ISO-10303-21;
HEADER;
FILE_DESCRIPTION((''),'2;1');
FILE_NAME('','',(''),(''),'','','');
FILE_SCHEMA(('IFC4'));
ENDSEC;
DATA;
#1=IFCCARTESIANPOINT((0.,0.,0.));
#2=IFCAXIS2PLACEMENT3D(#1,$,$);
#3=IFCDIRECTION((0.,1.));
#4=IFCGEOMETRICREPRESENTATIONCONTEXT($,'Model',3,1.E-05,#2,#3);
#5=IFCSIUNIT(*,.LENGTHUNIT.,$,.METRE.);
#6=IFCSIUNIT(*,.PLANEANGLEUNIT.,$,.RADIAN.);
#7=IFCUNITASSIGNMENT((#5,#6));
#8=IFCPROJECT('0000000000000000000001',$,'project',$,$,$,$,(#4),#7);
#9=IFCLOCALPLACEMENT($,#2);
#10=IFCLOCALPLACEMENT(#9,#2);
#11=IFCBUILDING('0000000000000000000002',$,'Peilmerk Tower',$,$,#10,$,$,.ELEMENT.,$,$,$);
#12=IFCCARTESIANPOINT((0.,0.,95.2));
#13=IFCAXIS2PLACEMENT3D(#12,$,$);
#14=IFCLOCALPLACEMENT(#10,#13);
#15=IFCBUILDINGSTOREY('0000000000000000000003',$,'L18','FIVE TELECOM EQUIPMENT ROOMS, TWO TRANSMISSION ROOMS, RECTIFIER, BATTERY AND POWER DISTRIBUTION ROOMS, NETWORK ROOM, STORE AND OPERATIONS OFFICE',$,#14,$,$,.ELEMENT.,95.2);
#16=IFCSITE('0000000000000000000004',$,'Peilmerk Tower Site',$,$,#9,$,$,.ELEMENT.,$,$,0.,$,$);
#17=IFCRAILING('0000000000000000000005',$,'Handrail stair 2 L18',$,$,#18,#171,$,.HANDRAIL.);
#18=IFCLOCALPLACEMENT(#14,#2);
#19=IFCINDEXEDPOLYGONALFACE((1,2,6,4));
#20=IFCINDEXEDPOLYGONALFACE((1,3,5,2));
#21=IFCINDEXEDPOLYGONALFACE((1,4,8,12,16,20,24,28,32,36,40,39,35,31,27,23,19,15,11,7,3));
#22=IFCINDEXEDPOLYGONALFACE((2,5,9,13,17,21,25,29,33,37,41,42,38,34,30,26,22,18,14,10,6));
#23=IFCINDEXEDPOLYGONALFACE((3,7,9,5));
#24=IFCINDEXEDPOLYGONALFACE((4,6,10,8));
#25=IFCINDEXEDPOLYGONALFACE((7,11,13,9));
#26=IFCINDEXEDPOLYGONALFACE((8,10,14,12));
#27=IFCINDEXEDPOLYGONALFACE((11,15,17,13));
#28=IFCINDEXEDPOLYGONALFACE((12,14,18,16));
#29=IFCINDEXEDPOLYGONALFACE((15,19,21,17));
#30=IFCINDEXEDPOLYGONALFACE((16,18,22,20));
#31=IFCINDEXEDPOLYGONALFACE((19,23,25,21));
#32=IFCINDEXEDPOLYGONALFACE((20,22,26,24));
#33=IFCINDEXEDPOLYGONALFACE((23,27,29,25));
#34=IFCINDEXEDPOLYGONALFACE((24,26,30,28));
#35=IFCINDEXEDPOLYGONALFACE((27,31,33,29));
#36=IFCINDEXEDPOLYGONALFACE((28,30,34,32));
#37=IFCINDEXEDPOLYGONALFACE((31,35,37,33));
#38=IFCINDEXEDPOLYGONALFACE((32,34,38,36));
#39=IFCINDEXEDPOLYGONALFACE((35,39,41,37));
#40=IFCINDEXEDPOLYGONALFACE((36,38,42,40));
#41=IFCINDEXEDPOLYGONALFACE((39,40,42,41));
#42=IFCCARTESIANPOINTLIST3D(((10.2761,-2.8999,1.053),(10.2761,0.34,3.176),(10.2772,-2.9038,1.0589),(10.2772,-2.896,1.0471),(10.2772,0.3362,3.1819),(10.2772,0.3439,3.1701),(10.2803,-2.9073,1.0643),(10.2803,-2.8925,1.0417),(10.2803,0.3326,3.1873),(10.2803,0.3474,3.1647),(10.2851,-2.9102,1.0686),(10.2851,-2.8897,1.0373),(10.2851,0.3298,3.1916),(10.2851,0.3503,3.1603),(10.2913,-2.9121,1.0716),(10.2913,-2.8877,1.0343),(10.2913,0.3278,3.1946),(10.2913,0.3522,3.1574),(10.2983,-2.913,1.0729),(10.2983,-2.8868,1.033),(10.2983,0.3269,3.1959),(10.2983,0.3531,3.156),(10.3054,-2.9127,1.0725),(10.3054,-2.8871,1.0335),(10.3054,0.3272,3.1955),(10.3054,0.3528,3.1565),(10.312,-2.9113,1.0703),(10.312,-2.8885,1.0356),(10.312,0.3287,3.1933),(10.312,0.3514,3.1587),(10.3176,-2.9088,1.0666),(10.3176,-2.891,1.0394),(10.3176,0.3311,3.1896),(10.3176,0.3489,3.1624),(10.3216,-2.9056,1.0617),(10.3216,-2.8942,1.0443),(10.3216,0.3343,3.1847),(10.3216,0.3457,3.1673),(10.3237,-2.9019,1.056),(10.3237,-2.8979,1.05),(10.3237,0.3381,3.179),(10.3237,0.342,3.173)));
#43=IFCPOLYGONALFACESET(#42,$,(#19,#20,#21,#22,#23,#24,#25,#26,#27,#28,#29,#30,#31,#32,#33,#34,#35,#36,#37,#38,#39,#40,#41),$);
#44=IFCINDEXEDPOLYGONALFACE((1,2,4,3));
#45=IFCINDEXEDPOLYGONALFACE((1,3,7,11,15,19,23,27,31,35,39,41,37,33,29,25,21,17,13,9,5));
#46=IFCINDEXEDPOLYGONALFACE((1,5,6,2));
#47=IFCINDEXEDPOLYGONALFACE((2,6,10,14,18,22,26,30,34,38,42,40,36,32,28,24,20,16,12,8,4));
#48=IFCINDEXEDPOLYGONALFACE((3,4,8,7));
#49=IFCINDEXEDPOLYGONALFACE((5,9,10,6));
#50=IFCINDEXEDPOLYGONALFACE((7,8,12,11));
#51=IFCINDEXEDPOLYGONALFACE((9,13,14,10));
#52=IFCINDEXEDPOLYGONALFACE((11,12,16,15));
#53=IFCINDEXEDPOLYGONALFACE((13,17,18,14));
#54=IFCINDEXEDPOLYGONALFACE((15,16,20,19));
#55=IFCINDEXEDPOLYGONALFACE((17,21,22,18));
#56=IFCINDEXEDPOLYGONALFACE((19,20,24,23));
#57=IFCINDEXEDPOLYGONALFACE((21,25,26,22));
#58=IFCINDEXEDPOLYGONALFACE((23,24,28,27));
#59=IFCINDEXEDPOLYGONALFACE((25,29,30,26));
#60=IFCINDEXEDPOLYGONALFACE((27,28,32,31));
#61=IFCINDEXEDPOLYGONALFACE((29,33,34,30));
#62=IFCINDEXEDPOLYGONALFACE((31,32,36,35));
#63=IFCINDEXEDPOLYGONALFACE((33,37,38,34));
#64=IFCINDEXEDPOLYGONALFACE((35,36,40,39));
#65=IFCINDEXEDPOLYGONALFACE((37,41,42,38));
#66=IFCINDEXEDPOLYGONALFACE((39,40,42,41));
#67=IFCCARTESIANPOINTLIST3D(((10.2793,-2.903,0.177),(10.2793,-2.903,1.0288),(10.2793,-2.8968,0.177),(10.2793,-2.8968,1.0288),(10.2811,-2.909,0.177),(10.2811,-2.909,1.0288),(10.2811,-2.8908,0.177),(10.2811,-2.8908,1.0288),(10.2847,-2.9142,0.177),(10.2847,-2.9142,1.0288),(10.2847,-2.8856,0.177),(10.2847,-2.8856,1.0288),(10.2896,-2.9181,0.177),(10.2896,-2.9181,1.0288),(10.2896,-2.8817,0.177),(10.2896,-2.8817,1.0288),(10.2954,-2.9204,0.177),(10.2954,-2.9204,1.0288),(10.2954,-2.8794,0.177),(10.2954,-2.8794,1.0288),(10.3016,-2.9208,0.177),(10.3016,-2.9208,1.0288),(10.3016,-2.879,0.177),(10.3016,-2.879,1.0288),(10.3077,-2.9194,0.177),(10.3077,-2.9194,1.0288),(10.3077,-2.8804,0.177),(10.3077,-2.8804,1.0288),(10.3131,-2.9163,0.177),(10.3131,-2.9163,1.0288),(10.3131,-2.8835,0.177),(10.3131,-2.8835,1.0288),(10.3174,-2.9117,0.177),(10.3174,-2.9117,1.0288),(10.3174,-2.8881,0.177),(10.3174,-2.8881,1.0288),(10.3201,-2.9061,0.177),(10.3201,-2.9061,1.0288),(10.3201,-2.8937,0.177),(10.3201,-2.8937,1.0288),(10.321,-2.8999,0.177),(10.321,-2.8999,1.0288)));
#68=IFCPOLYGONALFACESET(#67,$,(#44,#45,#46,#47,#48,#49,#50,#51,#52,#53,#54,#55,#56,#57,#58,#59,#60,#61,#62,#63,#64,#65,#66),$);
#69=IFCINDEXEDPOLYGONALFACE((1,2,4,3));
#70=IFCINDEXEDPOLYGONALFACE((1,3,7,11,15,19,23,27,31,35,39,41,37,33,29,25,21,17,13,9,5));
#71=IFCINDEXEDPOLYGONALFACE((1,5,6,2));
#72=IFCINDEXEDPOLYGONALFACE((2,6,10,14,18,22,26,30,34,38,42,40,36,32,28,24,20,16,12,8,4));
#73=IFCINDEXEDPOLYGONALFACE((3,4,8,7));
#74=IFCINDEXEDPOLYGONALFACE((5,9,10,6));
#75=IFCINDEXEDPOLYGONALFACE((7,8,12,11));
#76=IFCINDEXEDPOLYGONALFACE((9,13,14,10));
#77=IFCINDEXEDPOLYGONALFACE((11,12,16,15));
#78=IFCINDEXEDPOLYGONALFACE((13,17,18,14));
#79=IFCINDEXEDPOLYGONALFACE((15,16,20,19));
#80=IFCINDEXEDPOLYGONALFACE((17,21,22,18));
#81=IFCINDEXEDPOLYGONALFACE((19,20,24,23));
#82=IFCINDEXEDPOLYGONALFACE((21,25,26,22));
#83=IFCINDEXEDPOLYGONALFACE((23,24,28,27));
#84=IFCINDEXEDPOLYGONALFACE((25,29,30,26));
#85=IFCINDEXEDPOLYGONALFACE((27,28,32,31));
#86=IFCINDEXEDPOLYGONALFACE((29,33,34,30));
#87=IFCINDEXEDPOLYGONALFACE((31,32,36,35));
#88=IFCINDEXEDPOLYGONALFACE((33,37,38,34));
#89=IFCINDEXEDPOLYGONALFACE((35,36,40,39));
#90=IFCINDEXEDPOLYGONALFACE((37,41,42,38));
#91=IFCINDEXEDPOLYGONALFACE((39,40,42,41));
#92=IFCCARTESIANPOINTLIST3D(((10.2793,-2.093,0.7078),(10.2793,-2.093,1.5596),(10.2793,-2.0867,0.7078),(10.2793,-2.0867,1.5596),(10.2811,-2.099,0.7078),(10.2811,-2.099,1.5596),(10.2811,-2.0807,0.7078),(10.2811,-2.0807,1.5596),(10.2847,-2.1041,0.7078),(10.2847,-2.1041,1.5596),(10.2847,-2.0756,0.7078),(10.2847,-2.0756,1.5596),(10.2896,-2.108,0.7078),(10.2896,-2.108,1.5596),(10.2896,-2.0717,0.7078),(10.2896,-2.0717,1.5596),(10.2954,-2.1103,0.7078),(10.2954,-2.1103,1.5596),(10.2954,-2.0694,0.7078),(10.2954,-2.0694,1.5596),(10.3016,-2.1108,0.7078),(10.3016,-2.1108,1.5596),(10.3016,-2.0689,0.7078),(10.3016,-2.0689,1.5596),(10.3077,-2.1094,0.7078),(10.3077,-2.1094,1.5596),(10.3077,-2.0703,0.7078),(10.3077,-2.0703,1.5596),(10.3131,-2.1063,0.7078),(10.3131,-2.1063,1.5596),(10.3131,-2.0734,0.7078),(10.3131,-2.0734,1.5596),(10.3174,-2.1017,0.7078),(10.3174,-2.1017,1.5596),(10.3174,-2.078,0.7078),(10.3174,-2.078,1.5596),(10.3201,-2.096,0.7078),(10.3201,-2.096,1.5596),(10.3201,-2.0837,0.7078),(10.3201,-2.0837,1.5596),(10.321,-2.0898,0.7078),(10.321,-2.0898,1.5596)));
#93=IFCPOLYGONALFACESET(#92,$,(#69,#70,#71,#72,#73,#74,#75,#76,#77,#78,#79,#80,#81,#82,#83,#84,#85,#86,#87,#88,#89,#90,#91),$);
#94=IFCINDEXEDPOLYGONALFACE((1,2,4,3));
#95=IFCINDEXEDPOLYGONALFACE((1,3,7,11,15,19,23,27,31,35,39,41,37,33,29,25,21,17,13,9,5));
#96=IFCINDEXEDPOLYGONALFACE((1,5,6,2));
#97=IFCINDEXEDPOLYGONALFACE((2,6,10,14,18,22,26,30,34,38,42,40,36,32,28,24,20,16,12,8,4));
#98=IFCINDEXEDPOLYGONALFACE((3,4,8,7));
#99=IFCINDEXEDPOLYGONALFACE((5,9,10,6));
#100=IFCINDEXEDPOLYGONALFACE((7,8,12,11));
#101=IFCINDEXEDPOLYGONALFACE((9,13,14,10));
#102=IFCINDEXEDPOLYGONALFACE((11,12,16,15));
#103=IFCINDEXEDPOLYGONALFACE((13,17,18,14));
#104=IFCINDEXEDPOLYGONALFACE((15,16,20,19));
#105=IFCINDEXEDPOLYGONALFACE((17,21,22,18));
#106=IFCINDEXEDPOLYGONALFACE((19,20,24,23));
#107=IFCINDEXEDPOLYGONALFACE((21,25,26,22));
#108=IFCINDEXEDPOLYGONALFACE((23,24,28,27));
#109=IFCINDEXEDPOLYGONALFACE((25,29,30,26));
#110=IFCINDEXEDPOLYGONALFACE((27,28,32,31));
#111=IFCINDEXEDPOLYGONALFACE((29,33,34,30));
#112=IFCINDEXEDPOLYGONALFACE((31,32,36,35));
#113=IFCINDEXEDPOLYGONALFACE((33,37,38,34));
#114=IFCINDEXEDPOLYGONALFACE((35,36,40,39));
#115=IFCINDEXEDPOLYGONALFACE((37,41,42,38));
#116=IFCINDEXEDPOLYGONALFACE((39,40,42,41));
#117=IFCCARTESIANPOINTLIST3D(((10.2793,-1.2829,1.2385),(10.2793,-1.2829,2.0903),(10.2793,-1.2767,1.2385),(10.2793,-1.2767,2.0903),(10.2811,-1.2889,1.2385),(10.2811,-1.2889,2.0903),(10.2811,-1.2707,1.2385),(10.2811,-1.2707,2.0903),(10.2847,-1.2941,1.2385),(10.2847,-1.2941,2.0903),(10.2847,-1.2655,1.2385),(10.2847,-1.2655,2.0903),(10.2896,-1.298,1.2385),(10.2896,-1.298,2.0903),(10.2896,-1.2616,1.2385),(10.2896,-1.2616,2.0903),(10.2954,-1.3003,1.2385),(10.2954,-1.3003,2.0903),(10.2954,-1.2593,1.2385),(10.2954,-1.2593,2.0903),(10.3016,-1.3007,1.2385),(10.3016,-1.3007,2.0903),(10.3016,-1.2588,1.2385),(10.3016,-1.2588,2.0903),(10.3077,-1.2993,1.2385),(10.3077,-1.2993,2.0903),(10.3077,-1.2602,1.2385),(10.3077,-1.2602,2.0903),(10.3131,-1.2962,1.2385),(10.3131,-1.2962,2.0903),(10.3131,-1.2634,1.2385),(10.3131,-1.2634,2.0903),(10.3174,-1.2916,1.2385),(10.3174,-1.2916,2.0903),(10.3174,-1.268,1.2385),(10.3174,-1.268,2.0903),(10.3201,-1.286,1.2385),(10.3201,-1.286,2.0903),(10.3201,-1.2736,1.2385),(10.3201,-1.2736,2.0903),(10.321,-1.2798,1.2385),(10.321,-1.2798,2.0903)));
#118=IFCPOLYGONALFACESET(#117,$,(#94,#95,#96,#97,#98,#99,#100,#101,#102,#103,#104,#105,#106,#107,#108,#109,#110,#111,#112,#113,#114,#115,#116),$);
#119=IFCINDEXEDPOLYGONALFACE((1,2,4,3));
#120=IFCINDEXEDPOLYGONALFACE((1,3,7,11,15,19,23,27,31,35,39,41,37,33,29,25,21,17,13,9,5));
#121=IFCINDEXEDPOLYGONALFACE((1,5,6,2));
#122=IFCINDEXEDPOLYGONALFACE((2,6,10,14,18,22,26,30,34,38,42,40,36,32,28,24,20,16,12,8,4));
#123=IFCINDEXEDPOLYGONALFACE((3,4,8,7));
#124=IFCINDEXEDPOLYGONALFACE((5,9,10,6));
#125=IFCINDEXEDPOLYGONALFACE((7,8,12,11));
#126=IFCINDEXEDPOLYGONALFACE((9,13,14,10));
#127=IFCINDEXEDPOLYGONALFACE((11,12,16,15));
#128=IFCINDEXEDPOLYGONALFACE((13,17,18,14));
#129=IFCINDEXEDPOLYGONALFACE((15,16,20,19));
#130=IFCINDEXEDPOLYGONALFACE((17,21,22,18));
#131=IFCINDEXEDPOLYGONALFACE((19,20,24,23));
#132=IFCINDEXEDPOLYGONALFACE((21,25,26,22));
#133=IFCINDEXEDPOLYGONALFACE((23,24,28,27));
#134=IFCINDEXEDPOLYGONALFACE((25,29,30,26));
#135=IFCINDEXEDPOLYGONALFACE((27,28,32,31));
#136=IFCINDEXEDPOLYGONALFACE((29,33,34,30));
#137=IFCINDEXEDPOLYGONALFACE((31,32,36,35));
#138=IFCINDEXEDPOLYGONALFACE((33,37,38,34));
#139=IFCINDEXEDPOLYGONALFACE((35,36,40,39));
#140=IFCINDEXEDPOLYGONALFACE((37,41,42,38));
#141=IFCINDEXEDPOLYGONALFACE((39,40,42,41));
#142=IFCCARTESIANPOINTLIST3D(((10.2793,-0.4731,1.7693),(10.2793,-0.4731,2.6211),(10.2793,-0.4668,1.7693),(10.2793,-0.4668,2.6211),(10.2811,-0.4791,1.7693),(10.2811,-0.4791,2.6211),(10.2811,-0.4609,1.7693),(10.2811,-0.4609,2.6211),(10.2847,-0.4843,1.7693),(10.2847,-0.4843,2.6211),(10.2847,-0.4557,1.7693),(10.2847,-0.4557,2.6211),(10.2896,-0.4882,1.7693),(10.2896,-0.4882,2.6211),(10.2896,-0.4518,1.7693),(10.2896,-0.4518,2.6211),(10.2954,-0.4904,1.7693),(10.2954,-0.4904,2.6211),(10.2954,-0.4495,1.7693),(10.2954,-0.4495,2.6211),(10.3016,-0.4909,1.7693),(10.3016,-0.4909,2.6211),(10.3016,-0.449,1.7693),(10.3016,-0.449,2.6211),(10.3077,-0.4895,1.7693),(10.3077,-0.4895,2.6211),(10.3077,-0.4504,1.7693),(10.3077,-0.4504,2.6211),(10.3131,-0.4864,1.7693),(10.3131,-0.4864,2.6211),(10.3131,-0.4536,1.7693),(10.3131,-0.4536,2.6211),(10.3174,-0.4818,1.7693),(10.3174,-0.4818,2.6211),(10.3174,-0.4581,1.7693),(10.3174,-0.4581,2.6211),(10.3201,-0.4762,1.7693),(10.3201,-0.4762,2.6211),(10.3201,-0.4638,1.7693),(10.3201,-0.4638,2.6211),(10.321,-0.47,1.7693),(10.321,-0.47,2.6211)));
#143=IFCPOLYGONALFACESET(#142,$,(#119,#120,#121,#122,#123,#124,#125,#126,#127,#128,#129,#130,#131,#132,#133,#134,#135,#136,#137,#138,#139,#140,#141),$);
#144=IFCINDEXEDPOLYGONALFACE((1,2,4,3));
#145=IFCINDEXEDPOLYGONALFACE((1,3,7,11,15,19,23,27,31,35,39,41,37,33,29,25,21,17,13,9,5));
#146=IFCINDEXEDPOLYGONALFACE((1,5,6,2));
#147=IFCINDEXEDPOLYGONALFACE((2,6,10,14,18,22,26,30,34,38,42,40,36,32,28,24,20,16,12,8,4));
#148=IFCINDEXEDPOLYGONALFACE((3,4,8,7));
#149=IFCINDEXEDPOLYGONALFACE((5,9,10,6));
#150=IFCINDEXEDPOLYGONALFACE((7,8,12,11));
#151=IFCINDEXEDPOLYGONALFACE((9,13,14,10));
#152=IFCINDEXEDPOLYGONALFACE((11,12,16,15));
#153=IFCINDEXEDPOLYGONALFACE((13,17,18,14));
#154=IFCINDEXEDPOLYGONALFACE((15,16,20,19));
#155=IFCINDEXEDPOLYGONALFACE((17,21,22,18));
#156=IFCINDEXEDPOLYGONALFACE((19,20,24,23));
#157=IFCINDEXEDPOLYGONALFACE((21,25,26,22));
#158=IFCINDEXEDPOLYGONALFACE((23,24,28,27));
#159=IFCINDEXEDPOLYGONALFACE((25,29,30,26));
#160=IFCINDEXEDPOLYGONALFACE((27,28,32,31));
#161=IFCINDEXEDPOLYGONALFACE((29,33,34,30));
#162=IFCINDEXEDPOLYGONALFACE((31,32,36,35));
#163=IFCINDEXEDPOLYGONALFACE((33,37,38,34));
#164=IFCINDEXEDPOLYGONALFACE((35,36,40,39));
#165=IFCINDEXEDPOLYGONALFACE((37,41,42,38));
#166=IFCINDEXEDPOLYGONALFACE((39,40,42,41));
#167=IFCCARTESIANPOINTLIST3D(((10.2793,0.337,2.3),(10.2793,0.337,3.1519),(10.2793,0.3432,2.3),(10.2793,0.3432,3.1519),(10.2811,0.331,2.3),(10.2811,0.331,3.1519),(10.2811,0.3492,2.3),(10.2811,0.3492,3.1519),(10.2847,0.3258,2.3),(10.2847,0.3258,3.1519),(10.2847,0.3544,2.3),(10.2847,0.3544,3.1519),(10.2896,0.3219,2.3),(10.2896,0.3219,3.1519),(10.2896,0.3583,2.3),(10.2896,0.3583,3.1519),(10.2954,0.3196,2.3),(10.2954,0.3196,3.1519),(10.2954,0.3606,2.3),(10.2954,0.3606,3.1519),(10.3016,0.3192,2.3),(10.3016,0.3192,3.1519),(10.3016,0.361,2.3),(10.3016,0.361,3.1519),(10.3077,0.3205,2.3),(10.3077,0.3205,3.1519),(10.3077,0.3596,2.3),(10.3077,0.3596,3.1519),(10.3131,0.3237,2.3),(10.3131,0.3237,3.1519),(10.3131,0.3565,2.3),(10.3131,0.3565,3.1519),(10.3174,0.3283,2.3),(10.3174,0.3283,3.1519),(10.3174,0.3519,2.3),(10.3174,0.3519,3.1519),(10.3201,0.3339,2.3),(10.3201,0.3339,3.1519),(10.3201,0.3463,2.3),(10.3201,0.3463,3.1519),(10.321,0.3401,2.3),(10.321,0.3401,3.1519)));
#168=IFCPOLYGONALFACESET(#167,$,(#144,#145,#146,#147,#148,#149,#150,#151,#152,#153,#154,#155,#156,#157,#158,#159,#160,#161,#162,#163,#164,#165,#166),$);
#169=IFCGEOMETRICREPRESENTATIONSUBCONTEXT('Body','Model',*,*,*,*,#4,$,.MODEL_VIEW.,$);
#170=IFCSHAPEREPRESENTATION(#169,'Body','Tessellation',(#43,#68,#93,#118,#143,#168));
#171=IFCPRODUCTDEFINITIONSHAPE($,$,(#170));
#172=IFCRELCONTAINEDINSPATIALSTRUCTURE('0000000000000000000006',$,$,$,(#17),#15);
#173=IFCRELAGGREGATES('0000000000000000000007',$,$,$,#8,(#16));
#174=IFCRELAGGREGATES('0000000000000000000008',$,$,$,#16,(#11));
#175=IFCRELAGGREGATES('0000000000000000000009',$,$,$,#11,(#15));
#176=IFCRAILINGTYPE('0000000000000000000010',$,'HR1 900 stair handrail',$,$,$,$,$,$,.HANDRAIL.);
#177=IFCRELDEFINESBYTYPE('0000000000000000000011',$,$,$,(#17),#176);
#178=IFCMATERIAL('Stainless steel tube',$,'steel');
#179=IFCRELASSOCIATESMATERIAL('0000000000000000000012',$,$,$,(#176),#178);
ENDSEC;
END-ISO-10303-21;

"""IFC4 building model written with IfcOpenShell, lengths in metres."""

from ifc_helpers import new_model, si_unit, direction, frame, origin, origin_2d, place, context, subcontext, project, spatial, circle, extrude, material, type_object, element, save


model = new_model("IFC4")

# Units and contexts
model_context = context("Model", 3, precision=1e-05, world=origin(), true_north=direction((0.0, 1.0)))
body_context = subcontext(model_context, "Body", "Model", "MODEL_VIEW")
ifc_project = project(units=[si_unit("LENGTHUNIT", "METRE"), si_unit("PLANEANGLEUNIT", "RADIAN")], contexts=[model_context])

# Site, building, storey
site_placement = place(None, origin())
site = spatial("IfcSite", under=ifc_project, at=site_placement, Name="Peilmerk Tower Site", CompositionType="ELEMENT", RefElevation=0.0)
building_placement = place(site_placement, origin())
building = spatial("IfcBuilding", under=site, at=building_placement, Name="Peilmerk Tower", CompositionType="ELEMENT")
storey_placement = place(building_placement, frame((0.0, 0.0, 95.2)))
storey = spatial("IfcBuildingStorey", under=building, at=storey_placement, Name="L18", Description="FIVE TELECOM EQUIPMENT ROOMS, TWO TRANSMISSION ROOMS, RECTIFIER, BATTERY AND POWER DISTRIBUTION ROOMS, NETWORK ROOM, STORE AND OPERATIONS OFFICE", CompositionType="ELEMENT", Elevation=95.2)

# Railing
ifc_material_1 = material(Name="Stainless steel tube", Category="steel")
railing_type_1 = type_object("IfcRailingType", Name="HR1 900 stair handrail", PredefinedType="HANDRAIL", material=ifc_material_1)
railing_1_placement = place(storey_placement, frame((10.3, -2.8999, 0.177)))
element("IfcRailing", 1, at=railing_1_placement, inside=storey, type_object=railing_type_1, Name="Handrail stair 2 L18", PredefinedType="HANDRAIL", context=body_context, shape_type="SweptSolid", body=[
    extrude(circle(Radius=0.0239, at=origin_2d()), frame((0.0, 0.0, 0.876), z_axis=(0.0, 0.836426, 0.548079), x_axis=(-1.0, 0.0, 0.0)), (0.0, 0.0, 1.0), 3.8735),
    extrude(circle(Radius=0.021, at=origin_2d()), origin(), (0.0, 0.0, 1.0), 0.8518),
    extrude(circle(Radius=0.021, at=origin_2d()), frame((0.0, 0.8101, 0.5308)), (0.0, 0.0, 1.0), 0.8518),
    extrude(circle(Radius=0.021, at=origin_2d()), frame((0.0, 1.6201, 1.0615)), (0.0, 0.0, 1.0), 0.8518),
    extrude(circle(Radius=0.021, at=origin_2d()), frame((0.0, 2.4299, 1.5923)), (0.0, 0.0, 1.0), 0.8518),
    extrude(circle(Radius=0.021, at=origin_2d()), frame((0.0, 3.24, 2.123)), (0.0, 0.0, 1.0), 0.8518),
])

save(model, "model.ifc")
